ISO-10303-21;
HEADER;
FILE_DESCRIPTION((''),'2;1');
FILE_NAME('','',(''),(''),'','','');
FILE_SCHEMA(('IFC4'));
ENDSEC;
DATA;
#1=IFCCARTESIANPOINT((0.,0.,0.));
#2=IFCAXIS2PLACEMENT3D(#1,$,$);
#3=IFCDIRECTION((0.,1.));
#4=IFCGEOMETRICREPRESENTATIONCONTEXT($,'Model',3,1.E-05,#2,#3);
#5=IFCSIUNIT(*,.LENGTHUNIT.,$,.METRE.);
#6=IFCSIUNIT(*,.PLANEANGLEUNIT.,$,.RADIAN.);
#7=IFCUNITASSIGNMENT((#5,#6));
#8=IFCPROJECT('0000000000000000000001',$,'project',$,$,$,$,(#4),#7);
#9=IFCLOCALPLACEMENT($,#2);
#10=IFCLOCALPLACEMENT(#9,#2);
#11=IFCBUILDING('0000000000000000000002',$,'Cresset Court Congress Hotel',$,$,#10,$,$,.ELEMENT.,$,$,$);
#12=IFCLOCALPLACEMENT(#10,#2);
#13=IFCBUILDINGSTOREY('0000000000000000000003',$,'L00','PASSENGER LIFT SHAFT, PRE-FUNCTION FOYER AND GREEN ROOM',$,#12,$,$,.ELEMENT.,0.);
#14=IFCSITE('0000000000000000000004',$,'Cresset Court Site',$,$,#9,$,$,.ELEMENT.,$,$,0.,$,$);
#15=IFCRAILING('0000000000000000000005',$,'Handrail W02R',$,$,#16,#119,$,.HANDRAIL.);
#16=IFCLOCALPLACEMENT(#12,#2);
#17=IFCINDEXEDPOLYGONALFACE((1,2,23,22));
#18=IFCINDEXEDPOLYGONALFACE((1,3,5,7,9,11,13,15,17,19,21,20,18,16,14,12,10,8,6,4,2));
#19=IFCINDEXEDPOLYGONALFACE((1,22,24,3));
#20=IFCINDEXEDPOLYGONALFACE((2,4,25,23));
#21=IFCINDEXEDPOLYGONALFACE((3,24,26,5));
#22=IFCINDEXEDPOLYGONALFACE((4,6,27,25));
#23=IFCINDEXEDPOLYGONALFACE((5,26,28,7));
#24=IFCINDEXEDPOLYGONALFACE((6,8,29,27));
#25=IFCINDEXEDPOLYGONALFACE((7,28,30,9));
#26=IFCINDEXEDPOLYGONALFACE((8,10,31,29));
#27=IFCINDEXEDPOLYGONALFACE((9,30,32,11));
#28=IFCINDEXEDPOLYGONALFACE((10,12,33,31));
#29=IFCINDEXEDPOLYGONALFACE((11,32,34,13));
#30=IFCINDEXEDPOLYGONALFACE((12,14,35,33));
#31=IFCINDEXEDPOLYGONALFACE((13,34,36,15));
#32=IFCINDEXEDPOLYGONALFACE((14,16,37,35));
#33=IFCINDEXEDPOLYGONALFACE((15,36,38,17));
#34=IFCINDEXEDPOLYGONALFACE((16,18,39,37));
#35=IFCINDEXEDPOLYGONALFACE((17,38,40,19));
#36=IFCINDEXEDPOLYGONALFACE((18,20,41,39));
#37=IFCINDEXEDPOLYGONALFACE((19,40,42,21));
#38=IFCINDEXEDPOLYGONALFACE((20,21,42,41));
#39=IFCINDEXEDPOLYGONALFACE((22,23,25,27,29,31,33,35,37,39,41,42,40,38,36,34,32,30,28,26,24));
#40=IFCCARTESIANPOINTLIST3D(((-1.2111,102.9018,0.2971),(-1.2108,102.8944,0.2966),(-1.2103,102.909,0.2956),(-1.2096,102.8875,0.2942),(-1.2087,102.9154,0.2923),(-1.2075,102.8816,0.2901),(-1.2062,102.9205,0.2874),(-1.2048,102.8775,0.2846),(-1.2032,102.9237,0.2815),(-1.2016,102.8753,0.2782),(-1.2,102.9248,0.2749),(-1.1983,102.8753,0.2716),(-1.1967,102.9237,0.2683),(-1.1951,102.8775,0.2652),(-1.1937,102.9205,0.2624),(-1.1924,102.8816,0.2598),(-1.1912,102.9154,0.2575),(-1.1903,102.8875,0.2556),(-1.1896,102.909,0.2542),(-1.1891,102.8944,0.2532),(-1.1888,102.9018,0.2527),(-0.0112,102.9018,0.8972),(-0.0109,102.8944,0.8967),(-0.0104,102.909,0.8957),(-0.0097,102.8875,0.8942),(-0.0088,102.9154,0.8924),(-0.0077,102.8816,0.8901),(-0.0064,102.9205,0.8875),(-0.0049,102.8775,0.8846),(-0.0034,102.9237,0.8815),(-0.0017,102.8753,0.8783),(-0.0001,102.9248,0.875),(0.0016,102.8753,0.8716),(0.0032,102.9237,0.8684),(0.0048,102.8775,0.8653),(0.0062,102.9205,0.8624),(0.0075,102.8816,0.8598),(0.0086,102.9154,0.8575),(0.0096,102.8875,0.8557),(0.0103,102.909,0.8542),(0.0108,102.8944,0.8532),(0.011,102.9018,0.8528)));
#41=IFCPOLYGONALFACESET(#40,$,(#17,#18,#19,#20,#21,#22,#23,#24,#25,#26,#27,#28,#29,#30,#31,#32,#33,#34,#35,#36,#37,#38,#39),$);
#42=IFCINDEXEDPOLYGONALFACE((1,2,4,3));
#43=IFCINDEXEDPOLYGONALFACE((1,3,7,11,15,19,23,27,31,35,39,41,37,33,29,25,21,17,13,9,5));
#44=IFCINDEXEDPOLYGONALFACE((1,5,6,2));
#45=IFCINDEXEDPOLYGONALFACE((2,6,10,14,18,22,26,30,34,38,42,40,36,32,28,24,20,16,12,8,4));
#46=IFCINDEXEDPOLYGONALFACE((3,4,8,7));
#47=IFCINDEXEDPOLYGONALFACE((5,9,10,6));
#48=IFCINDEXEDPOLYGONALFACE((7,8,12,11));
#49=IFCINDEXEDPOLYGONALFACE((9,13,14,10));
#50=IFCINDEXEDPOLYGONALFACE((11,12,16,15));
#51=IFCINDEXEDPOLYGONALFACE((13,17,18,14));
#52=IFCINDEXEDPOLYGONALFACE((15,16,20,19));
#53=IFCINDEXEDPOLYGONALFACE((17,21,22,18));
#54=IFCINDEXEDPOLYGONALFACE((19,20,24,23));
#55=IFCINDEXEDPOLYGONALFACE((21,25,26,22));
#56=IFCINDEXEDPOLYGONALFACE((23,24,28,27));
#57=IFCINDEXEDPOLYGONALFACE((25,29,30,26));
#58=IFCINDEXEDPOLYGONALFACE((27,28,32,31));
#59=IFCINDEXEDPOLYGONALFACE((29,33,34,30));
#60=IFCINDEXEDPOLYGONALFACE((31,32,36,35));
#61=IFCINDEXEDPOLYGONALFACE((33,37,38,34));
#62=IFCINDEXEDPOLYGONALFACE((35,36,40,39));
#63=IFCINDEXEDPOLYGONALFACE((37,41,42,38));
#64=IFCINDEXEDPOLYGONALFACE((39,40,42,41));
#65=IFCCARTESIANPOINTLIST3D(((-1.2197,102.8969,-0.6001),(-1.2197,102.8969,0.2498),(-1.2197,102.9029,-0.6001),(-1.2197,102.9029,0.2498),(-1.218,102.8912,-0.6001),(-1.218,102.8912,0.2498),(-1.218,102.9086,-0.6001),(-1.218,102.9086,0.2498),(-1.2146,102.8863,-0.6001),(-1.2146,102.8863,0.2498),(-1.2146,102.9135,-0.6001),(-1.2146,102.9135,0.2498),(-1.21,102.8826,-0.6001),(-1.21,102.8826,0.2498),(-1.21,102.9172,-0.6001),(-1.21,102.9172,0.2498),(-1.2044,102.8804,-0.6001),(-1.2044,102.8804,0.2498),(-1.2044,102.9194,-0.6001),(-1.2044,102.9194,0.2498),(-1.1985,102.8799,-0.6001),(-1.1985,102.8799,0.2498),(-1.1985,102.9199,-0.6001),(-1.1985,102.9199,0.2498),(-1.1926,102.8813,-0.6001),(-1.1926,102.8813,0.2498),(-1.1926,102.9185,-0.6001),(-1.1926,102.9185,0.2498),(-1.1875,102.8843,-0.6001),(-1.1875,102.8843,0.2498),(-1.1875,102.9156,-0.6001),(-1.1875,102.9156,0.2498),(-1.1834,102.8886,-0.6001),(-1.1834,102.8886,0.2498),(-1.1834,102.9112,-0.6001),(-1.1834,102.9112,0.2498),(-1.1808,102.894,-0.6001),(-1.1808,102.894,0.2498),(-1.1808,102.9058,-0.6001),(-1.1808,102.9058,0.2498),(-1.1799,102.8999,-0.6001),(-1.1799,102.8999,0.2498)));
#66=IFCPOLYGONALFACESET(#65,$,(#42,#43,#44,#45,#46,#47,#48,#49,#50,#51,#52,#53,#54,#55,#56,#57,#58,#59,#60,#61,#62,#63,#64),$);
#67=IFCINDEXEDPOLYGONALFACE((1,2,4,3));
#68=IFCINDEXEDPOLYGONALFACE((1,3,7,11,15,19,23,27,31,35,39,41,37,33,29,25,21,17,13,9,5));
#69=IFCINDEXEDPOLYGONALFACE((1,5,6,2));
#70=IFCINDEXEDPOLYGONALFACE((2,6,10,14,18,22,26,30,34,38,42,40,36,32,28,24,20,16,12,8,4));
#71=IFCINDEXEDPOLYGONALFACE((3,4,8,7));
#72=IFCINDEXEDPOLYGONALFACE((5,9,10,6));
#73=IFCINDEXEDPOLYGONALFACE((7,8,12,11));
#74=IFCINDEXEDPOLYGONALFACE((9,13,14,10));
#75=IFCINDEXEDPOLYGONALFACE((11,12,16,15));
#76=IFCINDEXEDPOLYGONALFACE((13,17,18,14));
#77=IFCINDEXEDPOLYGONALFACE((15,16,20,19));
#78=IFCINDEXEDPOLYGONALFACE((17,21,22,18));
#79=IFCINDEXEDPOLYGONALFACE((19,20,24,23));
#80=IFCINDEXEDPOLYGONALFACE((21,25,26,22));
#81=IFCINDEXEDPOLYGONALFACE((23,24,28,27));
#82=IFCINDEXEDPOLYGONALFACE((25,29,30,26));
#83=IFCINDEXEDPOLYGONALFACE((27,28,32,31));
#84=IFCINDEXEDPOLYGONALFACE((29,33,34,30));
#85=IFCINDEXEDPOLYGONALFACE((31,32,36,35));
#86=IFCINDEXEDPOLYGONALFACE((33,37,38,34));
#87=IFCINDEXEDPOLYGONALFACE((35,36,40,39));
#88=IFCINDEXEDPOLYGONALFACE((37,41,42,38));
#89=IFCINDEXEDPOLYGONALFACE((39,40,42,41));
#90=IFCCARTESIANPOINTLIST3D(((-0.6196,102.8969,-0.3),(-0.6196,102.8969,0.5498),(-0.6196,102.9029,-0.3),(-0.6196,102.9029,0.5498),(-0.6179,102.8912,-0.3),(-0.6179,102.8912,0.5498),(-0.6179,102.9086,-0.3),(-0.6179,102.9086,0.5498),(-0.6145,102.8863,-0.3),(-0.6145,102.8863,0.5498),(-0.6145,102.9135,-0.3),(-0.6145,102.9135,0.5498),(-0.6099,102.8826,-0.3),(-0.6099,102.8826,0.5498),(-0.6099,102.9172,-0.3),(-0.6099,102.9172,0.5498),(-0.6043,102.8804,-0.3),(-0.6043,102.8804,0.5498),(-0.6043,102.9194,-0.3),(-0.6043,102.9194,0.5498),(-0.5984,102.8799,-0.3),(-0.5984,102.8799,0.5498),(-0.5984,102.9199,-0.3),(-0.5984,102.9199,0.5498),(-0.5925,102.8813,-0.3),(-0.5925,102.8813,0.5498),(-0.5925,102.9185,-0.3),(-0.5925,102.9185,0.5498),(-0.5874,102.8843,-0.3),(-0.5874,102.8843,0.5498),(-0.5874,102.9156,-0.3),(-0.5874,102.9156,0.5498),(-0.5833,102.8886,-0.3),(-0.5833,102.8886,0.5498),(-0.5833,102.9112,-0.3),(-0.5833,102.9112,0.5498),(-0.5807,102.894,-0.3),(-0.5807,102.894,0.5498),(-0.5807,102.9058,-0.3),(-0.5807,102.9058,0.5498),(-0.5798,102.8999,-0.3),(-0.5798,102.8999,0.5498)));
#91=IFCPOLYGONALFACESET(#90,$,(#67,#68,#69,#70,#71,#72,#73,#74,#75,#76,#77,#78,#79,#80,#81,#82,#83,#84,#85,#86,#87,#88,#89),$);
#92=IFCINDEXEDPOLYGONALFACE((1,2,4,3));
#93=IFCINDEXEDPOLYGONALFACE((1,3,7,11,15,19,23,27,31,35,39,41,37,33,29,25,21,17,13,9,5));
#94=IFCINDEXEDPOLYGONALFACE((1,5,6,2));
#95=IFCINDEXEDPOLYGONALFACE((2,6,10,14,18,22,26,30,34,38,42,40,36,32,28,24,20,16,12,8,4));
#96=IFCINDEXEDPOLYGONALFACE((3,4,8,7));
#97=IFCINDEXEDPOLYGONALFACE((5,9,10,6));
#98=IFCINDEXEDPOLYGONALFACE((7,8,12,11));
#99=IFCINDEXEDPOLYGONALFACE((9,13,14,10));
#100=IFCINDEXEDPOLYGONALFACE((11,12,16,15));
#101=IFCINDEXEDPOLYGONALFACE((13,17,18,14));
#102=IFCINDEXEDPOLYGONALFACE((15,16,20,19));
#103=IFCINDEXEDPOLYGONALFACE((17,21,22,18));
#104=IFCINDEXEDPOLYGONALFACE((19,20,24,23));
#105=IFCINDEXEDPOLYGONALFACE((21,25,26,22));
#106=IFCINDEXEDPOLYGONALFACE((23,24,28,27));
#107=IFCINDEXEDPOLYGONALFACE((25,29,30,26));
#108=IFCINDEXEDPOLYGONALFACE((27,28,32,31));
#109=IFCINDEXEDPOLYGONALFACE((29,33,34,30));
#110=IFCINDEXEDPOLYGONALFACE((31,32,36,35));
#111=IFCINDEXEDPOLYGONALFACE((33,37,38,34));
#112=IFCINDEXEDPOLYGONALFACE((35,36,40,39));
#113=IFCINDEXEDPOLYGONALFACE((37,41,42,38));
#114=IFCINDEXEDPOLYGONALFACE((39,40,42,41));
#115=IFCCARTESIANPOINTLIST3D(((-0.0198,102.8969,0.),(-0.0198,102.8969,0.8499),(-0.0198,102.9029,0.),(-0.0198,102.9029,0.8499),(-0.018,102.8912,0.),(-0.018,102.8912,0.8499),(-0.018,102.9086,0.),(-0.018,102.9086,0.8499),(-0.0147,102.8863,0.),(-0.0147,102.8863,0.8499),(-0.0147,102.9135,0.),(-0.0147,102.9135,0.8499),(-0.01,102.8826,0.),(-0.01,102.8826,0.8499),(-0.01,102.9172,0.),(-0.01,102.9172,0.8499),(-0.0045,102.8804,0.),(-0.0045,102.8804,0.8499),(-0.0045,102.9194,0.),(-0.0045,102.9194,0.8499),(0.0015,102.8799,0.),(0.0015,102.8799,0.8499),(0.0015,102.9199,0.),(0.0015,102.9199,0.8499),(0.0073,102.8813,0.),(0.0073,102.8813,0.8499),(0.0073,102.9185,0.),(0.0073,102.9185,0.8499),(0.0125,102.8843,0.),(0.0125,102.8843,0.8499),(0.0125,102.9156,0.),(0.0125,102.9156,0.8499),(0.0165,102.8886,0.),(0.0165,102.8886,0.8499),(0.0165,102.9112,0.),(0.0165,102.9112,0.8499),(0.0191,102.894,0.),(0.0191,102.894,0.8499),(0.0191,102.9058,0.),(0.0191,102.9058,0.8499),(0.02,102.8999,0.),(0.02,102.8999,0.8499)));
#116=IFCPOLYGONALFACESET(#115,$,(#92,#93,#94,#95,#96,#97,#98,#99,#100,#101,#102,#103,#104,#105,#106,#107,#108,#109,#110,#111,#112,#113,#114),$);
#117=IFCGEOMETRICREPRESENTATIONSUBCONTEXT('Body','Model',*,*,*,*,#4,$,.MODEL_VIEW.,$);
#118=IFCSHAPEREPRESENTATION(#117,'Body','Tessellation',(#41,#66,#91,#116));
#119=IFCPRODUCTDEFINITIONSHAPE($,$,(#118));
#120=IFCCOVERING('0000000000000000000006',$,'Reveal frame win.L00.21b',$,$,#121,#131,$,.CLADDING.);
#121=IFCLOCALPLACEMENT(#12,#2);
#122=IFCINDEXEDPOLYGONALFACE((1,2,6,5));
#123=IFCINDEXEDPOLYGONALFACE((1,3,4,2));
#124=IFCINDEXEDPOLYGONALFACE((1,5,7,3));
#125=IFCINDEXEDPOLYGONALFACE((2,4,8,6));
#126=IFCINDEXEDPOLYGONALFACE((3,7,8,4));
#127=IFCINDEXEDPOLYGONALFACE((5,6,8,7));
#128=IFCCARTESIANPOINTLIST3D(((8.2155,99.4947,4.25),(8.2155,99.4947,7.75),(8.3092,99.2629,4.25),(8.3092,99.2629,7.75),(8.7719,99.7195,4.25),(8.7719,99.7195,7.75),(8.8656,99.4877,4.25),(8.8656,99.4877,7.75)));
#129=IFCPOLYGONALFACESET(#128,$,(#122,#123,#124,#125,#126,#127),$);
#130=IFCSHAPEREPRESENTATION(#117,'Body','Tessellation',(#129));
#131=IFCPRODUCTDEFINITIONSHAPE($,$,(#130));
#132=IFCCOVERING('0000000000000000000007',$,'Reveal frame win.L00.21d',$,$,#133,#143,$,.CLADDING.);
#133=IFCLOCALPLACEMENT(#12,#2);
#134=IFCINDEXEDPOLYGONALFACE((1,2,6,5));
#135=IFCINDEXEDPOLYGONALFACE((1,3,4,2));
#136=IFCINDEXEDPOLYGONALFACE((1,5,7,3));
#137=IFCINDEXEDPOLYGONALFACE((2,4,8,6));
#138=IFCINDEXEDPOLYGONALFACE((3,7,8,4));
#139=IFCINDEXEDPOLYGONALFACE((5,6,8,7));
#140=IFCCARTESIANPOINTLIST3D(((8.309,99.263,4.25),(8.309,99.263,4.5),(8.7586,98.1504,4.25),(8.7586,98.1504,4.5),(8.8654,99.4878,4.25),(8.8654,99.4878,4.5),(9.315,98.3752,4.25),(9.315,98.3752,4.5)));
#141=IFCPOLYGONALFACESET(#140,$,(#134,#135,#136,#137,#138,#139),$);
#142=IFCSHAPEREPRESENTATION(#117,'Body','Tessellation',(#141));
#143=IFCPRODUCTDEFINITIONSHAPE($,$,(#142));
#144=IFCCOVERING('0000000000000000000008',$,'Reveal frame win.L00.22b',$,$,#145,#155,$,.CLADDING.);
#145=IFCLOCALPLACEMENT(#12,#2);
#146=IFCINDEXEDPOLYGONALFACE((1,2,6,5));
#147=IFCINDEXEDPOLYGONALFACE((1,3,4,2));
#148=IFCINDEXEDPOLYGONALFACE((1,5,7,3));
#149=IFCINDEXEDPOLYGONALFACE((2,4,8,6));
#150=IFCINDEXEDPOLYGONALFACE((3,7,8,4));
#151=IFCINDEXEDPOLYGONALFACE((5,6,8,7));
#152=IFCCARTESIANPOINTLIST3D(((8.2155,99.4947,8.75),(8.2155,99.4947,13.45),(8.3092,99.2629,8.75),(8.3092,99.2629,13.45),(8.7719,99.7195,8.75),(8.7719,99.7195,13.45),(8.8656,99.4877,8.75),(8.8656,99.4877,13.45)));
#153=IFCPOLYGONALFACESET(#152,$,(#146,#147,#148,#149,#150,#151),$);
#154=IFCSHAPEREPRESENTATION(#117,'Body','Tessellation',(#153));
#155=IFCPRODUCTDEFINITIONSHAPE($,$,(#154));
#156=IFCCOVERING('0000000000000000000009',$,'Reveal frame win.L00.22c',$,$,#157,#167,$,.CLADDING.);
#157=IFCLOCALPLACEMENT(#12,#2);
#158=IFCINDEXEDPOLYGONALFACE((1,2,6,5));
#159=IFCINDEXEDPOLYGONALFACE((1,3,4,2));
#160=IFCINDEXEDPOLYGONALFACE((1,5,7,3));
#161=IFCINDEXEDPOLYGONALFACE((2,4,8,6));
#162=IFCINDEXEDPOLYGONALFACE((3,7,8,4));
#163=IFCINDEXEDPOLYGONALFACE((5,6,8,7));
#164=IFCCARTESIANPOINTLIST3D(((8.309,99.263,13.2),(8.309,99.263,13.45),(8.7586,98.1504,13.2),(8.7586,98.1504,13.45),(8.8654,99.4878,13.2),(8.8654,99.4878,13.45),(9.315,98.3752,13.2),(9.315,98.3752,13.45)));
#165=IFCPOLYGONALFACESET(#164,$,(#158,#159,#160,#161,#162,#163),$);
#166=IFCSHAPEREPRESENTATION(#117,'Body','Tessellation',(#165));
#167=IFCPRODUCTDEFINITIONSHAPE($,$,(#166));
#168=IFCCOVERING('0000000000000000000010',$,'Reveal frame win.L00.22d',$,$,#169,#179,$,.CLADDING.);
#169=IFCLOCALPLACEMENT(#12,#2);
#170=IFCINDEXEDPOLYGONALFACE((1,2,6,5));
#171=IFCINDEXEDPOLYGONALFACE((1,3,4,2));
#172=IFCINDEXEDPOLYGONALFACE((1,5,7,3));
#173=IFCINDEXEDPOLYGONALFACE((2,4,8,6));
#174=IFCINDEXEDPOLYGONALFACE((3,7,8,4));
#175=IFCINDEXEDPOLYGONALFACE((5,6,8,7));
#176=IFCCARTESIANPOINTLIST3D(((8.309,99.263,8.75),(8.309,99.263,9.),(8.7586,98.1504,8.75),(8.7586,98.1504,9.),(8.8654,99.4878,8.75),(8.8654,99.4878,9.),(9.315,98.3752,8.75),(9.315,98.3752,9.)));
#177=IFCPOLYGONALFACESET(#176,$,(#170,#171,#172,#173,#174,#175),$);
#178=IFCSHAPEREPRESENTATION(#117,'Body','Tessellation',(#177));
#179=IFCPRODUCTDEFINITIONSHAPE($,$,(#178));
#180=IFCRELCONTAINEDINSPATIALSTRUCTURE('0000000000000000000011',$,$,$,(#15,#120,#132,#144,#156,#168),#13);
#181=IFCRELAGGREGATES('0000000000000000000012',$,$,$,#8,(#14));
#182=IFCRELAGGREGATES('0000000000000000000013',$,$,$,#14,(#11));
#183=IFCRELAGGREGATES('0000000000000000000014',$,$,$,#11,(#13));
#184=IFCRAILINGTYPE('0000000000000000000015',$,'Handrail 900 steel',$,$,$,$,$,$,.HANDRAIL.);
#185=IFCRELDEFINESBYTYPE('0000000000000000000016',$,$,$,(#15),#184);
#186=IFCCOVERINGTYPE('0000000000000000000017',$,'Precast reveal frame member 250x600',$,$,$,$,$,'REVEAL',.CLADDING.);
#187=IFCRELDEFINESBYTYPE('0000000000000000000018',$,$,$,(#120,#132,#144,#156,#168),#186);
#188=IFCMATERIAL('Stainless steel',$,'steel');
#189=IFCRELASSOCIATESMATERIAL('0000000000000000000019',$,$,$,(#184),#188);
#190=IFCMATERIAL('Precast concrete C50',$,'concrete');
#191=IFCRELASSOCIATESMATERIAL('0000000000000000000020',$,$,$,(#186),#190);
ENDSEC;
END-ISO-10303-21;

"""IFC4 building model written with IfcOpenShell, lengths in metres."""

from ifc_helpers import new_model, si_unit, direction, frame, origin, origin_2d, place, context, subcontext, project, spatial, rectangle, circle, extrude, material, type_object, element, save


model = new_model("IFC4")

# Units and contexts
model_context = context("Model", 3, precision=1e-05, world=origin(), true_north=direction((0.0, 1.0)))
body_context = subcontext(model_context, "Body", "Model", "MODEL_VIEW")
ifc_project = project(units=[si_unit("LENGTHUNIT", "METRE"), si_unit("PLANEANGLEUNIT", "RADIAN")], contexts=[model_context])

# Site, building, storey
site_placement = place(None, origin())
site = spatial("IfcSite", under=ifc_project, at=site_placement, Name="Cresset Court Site", CompositionType="ELEMENT", RefElevation=0.0)
building_placement = place(site_placement, origin())
building = spatial("IfcBuilding", under=site, at=building_placement, Name="Cresset Court Congress Hotel", CompositionType="ELEMENT")
storey_placement = place(building_placement, origin())
storey = spatial("IfcBuildingStorey", under=building, at=storey_placement, Name="L00", Description="PASSENGER LIFT SHAFT, PRE-FUNCTION FOYER AND GREEN ROOM", CompositionType="ELEMENT", Elevation=0.0)

# Railing
ifc_material_1 = material(Name="Stainless steel", Category="steel")
railing_type_1 = type_object("IfcRailingType", Name="Handrail 900 steel", PredefinedType="HANDRAIL", material=ifc_material_1)
for number, where, name in (
    (1, (-1.2, 102.8999, -0.6001), "Handrail W02R"),
):
    element("IfcRailing", number, at=place(storey_placement, frame(where)), inside=storey, type_object=railing_type_1, Name=name, PredefinedType="HANDRAIL", context=body_context, shape_type="SweptSolid", body=[
        extrude(circle(Radius=0.0249, at=origin_2d()), frame((0.0, 0.0, 0.875), z_axis=(0.894391, 0.0, 0.447286), x_axis=(0.0, 1.0, 0.0)), (0.0, 0.0, 1.0), 1.3416),
        extrude(circle(Radius=0.02, at=origin_2d()), origin(), (0.0, 0.0, 1.0), 0.8499),
        extrude(circle(Radius=0.02, at=origin_2d()), frame((0.6001, 0.0, 0.3)), (0.0, 0.0, 1.0), 0.8499),
        extrude(circle(Radius=0.02, at=origin_2d()), frame((1.2, 0.0, 0.6001)), (0.0, 0.0, 1.0), 0.8499),
    ])

# Coverings
ifc_material_2 = material(Name="Precast concrete C50", Category="concrete")
covering_type = type_object("IfcCoveringType", Name="Precast reveal frame member 250x600", ElementType="REVEAL", PredefinedType="CLADDING", material=ifc_material_2)
covering_1_placement = place(storey_placement, frame((8.5405, 99.4912, 4.25), z_axis=(0.0, 0.0, 1.0), x_axis=(-0.374623, 0.927177, 0.0)))
element("IfcCovering", 2, at=covering_1_placement, inside=storey, type_object=covering_type, Name="Reveal frame win.L00.21b", PredefinedType="CLADDING", context=body_context, shape_type="SweptSolid", body=[
    extrude(rectangle(XDim=0.25, YDim=0.6001, at=origin_2d()), origin(), (0.0, 0.0, 1.0), 3.5),
])
covering_2_placement = place(storey_placement, frame((8.812, 98.8191, 4.25), z_axis=(0.0, 0.0, 1.0), x_axis=(-0.374623, 0.927177, 0.0)))
element("IfcCovering", 3, at=covering_2_placement, inside=storey, type_object=covering_type, Name="Reveal frame win.L00.21d", PredefinedType="CLADDING", context=body_context, shape_type="SweptSolid", body=[
    extrude(rectangle(XDim=1.2, YDim=0.6001, at=origin_2d()), origin(), (0.0, 0.0, 1.0), 0.25),
])
covering_3_placement = place(storey_placement, frame((8.5405, 99.4912, 8.75), z_axis=(0.0, 0.0, 1.0), x_axis=(-0.374623, 0.927177, 0.0)))
element("IfcCovering", 4, at=covering_3_placement, inside=storey, type_object=covering_type, Name="Reveal frame win.L00.22b", PredefinedType="CLADDING", context=body_context, shape_type="SweptSolid", body=[
    extrude(rectangle(XDim=0.25, YDim=0.6001, at=origin_2d()), origin(), (0.0, 0.0, 1.0), 4.7),
])
for number, where, z_axis, x_axis, name in (
    (5, (8.812, 98.8191, 13.2), (0.0, 0.0, 1.0), (-0.374623, 0.927177, 0.0), "Reveal frame win.L00.22c"),
    (6, (8.812, 98.8191, 8.75), (0.0, 0.0, 1.0), (-0.374623, 0.927177, 0.0), "Reveal frame win.L00.22d"),
):
    element("IfcCovering", number, at=place(storey_placement, frame(where, z_axis=z_axis, x_axis=x_axis)), inside=storey, type_object=covering_type, Name=name, PredefinedType="CLADDING", context=body_context, shape_type="SweptSolid", body=[
        extrude(rectangle(XDim=1.2, YDim=0.6001, at=origin_2d()), origin(), (0.0, 0.0, 1.0), 0.25),
    ])

save(model, "model.ifc")
